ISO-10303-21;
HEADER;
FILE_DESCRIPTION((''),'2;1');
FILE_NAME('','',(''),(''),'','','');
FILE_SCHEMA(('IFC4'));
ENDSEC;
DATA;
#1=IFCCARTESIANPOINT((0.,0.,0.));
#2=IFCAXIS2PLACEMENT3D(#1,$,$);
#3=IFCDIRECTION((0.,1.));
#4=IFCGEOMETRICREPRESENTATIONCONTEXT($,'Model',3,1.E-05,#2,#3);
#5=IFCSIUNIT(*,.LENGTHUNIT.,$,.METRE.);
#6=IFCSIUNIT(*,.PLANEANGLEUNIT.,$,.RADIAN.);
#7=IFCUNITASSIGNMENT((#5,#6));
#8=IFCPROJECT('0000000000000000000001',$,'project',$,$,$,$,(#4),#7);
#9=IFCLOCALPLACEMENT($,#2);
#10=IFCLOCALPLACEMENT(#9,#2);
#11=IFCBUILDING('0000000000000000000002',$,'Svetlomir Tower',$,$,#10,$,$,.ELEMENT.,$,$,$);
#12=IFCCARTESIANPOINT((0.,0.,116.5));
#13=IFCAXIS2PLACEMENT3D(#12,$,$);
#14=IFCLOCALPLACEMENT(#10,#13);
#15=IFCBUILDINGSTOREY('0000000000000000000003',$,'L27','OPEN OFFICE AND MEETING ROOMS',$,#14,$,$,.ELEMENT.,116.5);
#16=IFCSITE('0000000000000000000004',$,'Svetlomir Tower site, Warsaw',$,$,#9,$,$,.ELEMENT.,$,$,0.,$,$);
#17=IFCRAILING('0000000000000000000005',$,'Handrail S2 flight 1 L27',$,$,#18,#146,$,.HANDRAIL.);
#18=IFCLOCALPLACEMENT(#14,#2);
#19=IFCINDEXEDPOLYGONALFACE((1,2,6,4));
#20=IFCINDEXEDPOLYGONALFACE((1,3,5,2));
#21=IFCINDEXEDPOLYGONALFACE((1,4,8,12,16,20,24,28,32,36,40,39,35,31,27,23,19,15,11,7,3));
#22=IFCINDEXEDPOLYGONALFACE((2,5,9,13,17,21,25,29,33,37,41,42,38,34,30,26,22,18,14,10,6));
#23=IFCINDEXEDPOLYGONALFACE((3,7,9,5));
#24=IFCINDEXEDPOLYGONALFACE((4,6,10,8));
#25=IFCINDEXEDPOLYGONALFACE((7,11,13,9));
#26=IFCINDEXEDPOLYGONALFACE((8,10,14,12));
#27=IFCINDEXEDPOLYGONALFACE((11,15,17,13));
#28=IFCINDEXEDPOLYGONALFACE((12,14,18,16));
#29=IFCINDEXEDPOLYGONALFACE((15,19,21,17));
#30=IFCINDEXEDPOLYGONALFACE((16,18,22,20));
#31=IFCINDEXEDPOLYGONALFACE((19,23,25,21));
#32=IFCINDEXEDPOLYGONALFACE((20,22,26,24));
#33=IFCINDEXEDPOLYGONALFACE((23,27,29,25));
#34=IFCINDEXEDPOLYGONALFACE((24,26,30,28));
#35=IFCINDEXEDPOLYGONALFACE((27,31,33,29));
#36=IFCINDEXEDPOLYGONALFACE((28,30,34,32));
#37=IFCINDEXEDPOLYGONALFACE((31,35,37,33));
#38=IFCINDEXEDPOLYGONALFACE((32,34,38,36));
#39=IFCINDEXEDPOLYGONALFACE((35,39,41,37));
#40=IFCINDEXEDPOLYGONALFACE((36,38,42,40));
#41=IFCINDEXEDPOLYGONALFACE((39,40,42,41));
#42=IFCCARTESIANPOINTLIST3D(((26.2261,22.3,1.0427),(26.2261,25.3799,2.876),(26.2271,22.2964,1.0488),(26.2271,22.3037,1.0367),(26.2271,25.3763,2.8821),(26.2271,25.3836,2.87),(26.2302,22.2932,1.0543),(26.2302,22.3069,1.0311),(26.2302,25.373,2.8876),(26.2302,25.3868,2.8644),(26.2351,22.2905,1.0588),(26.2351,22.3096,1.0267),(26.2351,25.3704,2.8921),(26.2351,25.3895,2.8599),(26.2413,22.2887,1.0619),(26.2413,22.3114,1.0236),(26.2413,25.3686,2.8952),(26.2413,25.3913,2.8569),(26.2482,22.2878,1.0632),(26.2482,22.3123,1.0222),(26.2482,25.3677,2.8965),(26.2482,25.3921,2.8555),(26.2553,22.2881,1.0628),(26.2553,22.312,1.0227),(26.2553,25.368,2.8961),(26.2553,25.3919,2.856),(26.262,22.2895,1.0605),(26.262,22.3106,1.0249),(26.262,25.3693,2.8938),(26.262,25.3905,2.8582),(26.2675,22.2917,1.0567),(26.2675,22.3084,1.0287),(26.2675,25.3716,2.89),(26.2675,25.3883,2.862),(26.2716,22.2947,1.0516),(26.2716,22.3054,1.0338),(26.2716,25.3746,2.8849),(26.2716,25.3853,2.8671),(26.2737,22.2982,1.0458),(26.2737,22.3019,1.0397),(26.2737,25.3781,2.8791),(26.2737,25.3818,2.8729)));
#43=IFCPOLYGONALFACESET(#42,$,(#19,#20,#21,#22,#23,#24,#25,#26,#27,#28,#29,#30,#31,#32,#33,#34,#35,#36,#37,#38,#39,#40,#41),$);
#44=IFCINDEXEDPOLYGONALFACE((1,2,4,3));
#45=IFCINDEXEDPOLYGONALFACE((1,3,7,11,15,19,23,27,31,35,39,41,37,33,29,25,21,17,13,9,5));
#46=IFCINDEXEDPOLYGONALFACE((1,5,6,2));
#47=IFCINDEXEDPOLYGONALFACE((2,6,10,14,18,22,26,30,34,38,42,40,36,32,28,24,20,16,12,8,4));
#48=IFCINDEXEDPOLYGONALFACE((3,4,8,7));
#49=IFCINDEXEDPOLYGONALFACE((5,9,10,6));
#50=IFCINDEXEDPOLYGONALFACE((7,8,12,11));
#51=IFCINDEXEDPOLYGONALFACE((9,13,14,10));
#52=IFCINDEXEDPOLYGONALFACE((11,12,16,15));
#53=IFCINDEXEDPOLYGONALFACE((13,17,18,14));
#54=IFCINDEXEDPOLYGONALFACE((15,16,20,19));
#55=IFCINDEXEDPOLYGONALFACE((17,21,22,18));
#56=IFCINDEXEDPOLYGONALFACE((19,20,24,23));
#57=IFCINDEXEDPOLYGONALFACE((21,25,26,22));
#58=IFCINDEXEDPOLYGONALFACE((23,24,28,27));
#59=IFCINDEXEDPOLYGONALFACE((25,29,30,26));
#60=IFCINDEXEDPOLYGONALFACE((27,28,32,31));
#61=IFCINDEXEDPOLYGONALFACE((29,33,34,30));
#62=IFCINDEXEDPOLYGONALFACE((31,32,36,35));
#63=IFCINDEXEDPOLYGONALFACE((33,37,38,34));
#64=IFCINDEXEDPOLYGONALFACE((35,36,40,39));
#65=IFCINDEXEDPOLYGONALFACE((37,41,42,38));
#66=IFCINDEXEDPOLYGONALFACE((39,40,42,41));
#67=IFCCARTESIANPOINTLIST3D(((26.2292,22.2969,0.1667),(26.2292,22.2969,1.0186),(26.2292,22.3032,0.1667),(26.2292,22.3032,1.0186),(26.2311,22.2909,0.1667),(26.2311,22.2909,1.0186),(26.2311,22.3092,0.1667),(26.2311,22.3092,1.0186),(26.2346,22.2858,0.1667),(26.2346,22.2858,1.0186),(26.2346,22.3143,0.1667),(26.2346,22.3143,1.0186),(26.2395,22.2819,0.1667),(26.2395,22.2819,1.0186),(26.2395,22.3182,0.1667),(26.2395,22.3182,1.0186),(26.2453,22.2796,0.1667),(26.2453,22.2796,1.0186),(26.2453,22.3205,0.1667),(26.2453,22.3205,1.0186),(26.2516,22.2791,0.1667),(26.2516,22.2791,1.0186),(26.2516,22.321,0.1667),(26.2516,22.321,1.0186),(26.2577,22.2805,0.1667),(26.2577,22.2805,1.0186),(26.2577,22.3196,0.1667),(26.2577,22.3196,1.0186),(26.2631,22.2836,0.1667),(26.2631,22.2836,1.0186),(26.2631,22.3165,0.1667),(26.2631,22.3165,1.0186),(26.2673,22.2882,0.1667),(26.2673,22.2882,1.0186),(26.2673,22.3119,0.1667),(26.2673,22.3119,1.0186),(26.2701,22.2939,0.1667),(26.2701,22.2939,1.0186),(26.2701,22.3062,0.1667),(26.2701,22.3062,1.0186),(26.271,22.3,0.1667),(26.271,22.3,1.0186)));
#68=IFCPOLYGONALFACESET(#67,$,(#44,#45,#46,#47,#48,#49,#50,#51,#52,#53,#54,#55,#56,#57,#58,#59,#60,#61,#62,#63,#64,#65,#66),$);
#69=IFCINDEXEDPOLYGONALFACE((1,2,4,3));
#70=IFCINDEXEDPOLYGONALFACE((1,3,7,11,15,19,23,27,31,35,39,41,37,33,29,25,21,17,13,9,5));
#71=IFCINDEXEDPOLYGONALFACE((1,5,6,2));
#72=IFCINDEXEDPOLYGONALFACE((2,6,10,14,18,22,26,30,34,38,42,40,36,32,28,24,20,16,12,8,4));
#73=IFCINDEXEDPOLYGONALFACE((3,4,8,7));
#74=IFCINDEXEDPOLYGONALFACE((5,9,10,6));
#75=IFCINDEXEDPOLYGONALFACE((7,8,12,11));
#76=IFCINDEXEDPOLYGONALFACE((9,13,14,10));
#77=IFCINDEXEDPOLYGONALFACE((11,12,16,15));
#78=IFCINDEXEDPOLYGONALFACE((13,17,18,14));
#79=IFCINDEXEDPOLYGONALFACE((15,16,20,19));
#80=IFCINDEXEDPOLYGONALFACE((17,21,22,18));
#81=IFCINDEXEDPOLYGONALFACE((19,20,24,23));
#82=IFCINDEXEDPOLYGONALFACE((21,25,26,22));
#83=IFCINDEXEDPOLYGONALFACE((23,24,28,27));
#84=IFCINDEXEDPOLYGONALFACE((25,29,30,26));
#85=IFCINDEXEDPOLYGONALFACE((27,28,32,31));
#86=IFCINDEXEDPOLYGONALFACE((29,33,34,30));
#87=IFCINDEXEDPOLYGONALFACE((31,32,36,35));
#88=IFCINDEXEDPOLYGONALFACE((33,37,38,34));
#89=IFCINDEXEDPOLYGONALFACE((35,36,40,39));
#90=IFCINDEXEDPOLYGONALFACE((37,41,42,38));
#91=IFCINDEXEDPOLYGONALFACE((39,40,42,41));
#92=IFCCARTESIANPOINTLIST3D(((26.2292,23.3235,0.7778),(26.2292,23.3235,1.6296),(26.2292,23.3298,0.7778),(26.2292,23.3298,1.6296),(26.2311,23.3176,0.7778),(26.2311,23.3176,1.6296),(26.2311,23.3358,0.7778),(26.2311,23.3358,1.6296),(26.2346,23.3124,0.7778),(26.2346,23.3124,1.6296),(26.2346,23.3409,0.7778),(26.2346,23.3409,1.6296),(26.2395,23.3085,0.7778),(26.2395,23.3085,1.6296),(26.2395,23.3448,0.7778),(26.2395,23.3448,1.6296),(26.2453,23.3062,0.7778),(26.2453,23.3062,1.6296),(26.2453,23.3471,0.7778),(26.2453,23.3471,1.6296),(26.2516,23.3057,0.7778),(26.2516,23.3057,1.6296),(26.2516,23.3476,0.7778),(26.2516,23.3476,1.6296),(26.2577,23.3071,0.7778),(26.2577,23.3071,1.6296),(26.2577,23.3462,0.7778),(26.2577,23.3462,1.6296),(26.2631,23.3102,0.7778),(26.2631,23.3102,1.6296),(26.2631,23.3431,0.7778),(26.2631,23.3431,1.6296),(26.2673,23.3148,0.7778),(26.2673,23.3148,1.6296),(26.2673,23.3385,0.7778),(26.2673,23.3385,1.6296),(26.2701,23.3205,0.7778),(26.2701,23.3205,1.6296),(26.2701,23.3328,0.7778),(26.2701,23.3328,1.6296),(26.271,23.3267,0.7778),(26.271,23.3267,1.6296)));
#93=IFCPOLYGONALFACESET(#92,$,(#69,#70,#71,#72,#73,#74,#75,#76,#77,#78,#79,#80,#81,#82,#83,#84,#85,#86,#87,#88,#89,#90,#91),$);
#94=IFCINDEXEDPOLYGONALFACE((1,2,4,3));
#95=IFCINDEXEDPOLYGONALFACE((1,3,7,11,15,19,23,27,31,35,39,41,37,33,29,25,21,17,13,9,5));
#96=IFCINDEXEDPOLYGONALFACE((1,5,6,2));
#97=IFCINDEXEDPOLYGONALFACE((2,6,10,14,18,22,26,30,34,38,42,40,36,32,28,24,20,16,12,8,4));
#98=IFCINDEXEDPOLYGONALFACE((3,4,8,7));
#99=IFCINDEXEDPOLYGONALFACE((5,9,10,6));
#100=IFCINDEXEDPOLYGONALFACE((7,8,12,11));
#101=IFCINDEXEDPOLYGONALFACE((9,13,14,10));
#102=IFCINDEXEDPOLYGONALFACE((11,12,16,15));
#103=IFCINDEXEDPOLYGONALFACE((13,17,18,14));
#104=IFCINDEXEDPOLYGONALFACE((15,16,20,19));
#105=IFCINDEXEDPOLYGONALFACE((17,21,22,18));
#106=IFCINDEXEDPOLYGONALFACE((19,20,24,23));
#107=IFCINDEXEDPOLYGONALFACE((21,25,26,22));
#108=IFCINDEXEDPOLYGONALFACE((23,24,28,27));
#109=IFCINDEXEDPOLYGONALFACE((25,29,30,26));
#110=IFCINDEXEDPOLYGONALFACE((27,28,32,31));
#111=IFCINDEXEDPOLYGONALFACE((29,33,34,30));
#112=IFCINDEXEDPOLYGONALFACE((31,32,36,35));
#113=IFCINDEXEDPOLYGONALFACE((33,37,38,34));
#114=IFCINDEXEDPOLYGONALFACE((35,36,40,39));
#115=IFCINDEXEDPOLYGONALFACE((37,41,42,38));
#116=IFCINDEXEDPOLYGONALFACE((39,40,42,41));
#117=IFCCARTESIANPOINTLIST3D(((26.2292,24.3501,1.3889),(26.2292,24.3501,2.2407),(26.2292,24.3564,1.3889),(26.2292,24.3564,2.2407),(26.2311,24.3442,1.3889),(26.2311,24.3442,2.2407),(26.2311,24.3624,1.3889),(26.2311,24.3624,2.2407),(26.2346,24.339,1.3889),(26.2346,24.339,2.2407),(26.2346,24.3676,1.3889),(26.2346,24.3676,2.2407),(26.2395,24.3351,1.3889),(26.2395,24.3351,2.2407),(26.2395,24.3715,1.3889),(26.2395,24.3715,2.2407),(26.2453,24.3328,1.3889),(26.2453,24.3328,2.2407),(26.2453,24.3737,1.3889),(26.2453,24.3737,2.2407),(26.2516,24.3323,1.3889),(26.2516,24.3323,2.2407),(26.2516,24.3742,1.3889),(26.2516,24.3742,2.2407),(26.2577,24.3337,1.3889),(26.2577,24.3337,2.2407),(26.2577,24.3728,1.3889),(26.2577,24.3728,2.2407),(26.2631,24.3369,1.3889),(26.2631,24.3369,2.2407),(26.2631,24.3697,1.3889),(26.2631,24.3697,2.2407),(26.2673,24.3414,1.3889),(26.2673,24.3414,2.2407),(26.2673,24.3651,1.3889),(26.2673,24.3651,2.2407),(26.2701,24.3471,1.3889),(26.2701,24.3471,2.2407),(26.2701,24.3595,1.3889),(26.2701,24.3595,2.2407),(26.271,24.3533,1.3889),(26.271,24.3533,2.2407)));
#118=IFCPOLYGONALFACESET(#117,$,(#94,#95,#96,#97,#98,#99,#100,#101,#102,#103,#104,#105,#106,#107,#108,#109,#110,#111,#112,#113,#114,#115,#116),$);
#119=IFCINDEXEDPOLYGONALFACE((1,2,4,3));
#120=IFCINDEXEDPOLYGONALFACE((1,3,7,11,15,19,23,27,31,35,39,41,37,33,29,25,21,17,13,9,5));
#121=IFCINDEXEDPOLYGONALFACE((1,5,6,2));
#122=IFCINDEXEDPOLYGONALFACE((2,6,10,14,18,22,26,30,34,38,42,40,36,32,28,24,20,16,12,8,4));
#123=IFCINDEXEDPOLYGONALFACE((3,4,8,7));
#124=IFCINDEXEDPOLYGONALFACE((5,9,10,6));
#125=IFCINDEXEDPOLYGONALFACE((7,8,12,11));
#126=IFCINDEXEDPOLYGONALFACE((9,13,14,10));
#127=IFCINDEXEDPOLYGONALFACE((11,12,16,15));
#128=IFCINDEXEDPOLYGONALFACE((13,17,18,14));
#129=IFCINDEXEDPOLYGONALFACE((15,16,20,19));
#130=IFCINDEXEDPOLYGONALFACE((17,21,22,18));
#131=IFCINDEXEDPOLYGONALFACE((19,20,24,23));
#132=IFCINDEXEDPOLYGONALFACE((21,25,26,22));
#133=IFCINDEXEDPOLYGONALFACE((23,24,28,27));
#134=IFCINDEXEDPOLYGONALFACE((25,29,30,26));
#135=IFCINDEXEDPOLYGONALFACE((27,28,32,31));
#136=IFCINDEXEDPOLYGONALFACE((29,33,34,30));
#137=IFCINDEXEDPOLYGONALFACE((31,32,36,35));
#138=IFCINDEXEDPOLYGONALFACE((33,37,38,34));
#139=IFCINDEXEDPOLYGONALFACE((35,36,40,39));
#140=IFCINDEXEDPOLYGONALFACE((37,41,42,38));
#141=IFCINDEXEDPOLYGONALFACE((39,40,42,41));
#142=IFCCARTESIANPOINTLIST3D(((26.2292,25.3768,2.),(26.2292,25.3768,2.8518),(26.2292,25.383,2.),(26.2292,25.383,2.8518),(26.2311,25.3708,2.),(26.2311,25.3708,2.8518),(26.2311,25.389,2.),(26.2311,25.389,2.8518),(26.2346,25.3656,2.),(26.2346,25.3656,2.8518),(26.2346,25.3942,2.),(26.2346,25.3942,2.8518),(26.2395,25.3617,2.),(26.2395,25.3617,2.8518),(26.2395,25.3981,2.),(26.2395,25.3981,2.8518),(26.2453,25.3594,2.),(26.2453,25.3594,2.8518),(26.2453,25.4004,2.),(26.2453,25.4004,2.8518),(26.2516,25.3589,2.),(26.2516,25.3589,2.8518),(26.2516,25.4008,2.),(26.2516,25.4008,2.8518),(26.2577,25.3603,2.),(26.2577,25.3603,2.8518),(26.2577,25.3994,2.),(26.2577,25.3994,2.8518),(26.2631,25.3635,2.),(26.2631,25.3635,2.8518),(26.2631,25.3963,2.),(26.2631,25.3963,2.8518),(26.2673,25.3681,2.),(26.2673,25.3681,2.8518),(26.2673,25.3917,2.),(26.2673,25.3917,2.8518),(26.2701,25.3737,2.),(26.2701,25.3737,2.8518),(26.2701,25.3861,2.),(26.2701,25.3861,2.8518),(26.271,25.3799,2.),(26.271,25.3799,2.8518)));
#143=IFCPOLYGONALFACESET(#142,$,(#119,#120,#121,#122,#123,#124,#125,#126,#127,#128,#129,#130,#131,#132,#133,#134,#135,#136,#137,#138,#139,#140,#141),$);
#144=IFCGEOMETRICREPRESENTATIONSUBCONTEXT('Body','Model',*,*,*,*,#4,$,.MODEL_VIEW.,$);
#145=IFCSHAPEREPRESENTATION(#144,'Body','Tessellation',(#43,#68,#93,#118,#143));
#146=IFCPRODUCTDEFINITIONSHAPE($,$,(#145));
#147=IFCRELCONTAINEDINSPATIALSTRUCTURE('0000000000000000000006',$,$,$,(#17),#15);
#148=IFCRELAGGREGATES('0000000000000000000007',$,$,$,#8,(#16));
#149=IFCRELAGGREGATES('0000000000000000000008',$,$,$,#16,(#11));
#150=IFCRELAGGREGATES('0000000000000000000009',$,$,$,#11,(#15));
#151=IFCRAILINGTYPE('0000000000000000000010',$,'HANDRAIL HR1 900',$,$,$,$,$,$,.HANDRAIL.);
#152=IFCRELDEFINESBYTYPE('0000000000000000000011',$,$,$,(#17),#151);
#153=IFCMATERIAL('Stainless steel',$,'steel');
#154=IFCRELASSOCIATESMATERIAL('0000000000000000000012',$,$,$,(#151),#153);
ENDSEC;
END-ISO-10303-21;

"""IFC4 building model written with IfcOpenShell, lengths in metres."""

from ifc_helpers import new_model, si_unit, direction, frame, origin, origin_2d, place, context, subcontext, project, spatial, circle, extrude, material, type_object, element, save


model = new_model("IFC4")

# Units and contexts
model_context = context("Model", 3, precision=1e-05, world=origin(), true_north=direction((0.0, 1.0)))
body_context = subcontext(model_context, "Body", "Model", "MODEL_VIEW")
ifc_project = project(units=[si_unit("LENGTHUNIT", "METRE"), si_unit("PLANEANGLEUNIT", "RADIAN")], contexts=[model_context])

# Site, building, storey
site_placement = place(None, origin())
site = spatial("IfcSite", under=ifc_project, at=site_placement, Name="Svetlomir Tower site, Warsaw", CompositionType="ELEMENT", RefElevation=0.0)
building_placement = place(site_placement, origin())
building = spatial("IfcBuilding", under=site, at=building_placement, Name="Svetlomir Tower", CompositionType="ELEMENT")
storey_placement = place(building_placement, frame((0.0, 0.0, 116.5)))
storey = spatial("IfcBuildingStorey", under=building, at=storey_placement, Name="L27", Description="OPEN OFFICE AND MEETING ROOMS", CompositionType="ELEMENT", Elevation=116.5)

# Railing
ifc_material_1 = material(Name="Stainless steel", Category="steel")
railing_type = type_object("IfcRailingType", Name="HANDRAIL HR1 900", PredefinedType="HANDRAIL", material=ifc_material_1)
railing_1_placement = place(storey_placement, frame((26.25, 22.3, 0.1667)))
element("IfcRailing", 1, at=railing_1_placement, inside=storey, type_object=railing_type, Name="Handrail S2 flight 1 L27", PredefinedType="HANDRAIL", context=body_context, shape_type="SweptSolid", body=[
    extrude(circle(Radius=0.0239, at=origin_2d()), frame((0.0, 0.0, 0.876), z_axis=(0.0, 0.859291, 0.511487), x_axis=(-1.0, 0.0, 0.0)), (0.0, 0.0, 1.0), 3.5842),
    extrude(circle(Radius=0.021, at=origin_2d()), origin(), (0.0, 0.0, 1.0), 0.8518),
    extrude(circle(Radius=0.021, at=origin_2d()), frame((0.0, 1.0266, 0.6111)), (0.0, 0.0, 1.0), 0.8518),
    extrude(circle(Radius=0.021, at=origin_2d()), frame((0.0, 2.0532, 1.2222)), (0.0, 0.0, 1.0), 0.8518),
    extrude(circle(Radius=0.021, at=origin_2d()), frame((0.0, 3.0798, 1.8333)), (0.0, 0.0, 1.0), 0.8518),
])

save(model, "model.ifc")
